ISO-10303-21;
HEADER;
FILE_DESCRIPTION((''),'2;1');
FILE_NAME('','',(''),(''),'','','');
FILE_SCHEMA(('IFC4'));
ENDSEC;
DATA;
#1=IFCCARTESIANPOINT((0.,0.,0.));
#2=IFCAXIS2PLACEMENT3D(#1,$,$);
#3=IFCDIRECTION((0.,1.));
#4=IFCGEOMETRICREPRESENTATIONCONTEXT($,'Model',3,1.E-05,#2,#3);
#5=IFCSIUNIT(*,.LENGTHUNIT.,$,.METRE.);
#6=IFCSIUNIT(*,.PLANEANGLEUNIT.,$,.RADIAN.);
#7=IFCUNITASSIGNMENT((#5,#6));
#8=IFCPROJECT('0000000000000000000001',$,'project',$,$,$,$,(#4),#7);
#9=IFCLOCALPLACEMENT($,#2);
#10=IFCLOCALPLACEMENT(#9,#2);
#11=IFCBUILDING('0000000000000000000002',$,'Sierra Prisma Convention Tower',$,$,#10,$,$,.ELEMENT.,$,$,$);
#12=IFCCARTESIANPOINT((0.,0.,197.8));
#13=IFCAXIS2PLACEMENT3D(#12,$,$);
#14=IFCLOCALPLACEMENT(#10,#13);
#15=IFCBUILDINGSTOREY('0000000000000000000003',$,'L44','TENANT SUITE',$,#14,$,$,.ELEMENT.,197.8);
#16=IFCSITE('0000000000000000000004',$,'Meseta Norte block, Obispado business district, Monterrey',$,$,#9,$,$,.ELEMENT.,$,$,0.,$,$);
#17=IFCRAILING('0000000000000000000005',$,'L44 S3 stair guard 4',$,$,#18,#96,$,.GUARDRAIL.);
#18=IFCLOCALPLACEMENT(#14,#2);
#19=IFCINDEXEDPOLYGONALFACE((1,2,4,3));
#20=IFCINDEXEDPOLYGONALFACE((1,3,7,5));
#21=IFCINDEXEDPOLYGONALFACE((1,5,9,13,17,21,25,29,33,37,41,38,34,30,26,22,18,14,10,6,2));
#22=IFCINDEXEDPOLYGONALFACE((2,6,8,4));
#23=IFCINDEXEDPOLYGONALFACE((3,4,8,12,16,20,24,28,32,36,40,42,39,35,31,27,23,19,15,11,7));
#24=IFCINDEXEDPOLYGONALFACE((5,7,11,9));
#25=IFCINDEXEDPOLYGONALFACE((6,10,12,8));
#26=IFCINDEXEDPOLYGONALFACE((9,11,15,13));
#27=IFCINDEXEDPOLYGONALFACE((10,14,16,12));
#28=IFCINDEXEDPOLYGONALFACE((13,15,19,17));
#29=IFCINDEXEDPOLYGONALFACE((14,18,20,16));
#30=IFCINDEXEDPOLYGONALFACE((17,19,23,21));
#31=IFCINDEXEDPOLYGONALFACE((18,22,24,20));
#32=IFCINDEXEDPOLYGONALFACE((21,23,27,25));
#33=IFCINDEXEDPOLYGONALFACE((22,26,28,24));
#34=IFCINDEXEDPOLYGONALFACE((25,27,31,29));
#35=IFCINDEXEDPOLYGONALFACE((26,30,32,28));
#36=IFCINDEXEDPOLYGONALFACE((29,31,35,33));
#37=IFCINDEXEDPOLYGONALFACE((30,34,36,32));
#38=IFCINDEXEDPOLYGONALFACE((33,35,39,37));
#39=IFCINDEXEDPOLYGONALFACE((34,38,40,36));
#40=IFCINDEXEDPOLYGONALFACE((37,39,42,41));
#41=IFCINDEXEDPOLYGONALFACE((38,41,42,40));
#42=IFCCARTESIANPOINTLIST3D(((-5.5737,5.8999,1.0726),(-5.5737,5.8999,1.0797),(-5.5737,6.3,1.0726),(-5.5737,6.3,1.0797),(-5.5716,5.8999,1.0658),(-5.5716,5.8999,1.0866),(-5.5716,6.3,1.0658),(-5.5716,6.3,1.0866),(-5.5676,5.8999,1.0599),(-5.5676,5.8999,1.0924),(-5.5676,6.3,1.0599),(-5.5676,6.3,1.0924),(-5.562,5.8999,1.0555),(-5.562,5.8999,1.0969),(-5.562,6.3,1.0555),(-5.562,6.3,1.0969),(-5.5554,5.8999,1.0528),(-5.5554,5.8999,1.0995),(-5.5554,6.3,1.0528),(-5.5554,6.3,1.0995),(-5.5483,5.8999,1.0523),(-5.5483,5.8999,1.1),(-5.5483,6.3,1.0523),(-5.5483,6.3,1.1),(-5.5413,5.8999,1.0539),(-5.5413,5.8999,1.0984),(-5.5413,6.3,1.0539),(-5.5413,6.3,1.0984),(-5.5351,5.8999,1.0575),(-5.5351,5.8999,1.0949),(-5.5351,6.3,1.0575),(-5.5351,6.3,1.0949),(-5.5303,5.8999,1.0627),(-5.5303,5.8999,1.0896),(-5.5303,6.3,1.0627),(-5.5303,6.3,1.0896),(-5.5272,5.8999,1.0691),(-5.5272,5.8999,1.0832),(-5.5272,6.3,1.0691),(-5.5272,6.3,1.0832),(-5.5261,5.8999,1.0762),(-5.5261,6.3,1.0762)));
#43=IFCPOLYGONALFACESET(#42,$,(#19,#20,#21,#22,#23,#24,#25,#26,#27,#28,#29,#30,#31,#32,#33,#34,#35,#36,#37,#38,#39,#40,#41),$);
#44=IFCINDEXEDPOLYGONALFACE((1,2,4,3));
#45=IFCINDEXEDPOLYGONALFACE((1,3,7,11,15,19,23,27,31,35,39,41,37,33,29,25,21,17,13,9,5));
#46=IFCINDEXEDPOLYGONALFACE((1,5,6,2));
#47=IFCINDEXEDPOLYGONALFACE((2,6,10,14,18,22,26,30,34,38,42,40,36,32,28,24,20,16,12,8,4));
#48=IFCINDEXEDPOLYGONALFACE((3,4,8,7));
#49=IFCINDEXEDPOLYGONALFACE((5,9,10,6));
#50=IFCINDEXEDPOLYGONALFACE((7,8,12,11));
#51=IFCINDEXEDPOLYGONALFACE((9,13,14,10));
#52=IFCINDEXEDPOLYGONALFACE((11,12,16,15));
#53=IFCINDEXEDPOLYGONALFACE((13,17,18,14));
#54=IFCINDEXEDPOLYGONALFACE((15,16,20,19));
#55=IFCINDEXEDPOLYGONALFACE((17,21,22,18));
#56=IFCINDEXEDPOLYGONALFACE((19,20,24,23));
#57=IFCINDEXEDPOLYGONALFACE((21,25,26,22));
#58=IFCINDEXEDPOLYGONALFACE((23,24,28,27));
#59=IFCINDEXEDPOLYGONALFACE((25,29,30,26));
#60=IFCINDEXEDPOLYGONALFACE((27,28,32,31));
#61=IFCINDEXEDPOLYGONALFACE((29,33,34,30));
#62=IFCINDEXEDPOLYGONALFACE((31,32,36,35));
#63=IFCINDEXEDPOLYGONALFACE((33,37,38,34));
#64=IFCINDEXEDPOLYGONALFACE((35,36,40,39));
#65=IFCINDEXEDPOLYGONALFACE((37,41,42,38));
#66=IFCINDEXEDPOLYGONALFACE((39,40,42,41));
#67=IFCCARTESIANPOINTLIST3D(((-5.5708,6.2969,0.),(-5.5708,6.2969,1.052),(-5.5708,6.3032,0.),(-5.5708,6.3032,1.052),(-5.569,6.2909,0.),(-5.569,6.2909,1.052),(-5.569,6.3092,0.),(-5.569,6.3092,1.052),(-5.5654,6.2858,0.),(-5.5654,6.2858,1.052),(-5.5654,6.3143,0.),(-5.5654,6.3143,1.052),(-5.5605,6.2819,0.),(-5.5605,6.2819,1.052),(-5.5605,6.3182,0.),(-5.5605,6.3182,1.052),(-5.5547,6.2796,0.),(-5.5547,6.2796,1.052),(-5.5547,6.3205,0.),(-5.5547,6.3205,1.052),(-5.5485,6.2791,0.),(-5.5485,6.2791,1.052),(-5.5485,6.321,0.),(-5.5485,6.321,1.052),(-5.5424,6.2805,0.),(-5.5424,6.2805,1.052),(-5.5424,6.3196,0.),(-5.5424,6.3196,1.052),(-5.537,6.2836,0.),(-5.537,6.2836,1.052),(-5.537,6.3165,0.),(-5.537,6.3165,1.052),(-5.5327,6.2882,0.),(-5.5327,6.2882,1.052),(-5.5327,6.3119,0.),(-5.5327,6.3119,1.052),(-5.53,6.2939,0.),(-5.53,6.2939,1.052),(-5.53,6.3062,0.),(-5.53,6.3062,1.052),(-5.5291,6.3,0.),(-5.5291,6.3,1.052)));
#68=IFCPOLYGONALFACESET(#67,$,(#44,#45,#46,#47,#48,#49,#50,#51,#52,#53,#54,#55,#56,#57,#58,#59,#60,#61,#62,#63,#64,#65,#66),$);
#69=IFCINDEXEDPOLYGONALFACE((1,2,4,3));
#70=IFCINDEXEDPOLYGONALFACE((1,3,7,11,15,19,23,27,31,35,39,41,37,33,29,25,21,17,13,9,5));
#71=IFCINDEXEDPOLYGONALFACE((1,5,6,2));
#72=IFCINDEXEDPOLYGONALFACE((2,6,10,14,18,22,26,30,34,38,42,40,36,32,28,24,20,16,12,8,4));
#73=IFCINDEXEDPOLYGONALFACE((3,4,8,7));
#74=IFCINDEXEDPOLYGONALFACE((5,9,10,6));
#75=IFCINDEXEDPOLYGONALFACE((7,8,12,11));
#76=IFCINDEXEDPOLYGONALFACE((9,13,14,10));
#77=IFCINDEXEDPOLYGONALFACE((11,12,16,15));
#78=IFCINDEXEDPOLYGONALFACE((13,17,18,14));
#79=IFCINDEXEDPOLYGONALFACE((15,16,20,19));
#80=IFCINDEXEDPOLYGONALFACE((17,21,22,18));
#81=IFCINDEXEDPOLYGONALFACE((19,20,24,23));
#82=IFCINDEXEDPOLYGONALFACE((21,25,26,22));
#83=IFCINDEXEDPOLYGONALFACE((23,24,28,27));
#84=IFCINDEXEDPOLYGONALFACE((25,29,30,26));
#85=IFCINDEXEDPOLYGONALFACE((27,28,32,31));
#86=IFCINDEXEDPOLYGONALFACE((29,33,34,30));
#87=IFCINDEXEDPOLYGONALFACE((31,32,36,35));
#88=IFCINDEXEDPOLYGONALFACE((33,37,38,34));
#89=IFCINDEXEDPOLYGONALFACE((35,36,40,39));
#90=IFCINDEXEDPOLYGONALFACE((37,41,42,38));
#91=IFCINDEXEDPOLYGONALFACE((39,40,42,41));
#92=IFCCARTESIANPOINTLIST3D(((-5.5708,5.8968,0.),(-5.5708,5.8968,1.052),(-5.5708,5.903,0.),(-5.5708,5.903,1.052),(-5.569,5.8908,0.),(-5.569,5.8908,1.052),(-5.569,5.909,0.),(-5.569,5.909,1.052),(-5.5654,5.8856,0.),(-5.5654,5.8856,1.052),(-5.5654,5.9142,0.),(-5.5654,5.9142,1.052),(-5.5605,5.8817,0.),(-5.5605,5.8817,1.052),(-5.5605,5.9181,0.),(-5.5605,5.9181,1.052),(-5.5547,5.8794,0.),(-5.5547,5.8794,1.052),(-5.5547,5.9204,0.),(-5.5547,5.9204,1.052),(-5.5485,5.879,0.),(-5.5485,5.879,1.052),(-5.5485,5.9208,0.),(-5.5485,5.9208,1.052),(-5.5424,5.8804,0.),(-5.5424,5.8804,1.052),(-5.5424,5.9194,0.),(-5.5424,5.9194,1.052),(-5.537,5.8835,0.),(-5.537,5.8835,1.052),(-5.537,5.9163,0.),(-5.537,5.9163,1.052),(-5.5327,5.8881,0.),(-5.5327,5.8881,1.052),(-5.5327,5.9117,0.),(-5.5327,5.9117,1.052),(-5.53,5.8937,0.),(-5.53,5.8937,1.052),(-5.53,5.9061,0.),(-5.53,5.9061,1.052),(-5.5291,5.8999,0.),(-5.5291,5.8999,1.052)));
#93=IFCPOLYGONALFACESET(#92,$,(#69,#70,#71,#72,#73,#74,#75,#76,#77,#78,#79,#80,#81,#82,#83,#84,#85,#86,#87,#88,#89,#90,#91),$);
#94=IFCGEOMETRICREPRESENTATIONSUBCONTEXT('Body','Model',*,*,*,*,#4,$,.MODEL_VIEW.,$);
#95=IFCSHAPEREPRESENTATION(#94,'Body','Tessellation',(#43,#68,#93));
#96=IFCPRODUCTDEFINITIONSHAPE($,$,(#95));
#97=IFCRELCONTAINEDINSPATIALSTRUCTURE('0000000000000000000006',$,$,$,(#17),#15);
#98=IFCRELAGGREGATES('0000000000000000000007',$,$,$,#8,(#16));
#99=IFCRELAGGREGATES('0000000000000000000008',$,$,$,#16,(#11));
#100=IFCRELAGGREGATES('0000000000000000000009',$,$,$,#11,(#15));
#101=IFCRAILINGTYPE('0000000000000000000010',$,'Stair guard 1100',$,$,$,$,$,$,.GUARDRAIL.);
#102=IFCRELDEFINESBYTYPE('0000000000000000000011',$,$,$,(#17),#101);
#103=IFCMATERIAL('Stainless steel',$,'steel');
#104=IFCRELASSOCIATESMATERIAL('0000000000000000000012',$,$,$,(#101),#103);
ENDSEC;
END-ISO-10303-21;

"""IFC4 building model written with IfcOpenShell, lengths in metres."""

from ifc_helpers import new_model, si_unit, direction, frame, origin, origin_2d, place, context, subcontext, project, spatial, circle, extrude, material, type_object, element, save


model = new_model("IFC4")

# Units and contexts
model_context = context("Model", 3, precision=1e-05, world=origin(), true_north=direction((0.0, 1.0)))
body_context = subcontext(model_context, "Body", "Model", "MODEL_VIEW")
ifc_project = project(units=[si_unit("LENGTHUNIT", "METRE"), si_unit("PLANEANGLEUNIT", "RADIAN")], contexts=[model_context])

# Site, building, storey
site_placement = place(None, origin())
site = spatial("IfcSite", under=ifc_project, at=site_placement, Name="Meseta Norte block, Obispado business district, Monterrey", CompositionType="ELEMENT", RefElevation=0.0)
building_placement = place(site_placement, origin())
building = spatial("IfcBuilding", under=site, at=building_placement, Name="Sierra Prisma Convention Tower", CompositionType="ELEMENT")
storey_placement = place(building_placement, frame((0.0, 0.0, 197.8)))
storey = spatial("IfcBuildingStorey", under=building, at=storey_placement, Name="L44", Description="TENANT SUITE", CompositionType="ELEMENT", Elevation=197.8)

# Railing
ifc_material_1 = material(Name="Stainless steel", Category="steel")
railing_type_1 = type_object("IfcRailingType", Name="Stair guard 1100", PredefinedType="GUARDRAIL", material=ifc_material_1)
railing_1_placement = place(storey_placement, frame((-5.55, 6.3, 0.0)))
element("IfcRailing", 1, at=railing_1_placement, inside=storey, type_object=railing_type_1, Name="L44 S3 stair guard 4", PredefinedType="GUARDRAIL", context=body_context, shape_type="SweptSolid", body=[
    extrude(circle(Radius=0.0239, at=origin_2d()), frame((0.0, 0.0, 1.0762), z_axis=(0.0, -1.0, 0.0), x_axis=(1.0, 0.0, 0.0)), (0.0, 0.0, 1.0), 0.4001),
    extrude(circle(Radius=0.021, at=origin_2d()), origin(), (0.0, 0.0, 1.0), 1.052),
    extrude(circle(Radius=0.021, at=origin_2d()), frame((0.0, -0.4001, 0.0)), (0.0, 0.0, 1.0), 1.052),
])

save(model, "model.ifc")
